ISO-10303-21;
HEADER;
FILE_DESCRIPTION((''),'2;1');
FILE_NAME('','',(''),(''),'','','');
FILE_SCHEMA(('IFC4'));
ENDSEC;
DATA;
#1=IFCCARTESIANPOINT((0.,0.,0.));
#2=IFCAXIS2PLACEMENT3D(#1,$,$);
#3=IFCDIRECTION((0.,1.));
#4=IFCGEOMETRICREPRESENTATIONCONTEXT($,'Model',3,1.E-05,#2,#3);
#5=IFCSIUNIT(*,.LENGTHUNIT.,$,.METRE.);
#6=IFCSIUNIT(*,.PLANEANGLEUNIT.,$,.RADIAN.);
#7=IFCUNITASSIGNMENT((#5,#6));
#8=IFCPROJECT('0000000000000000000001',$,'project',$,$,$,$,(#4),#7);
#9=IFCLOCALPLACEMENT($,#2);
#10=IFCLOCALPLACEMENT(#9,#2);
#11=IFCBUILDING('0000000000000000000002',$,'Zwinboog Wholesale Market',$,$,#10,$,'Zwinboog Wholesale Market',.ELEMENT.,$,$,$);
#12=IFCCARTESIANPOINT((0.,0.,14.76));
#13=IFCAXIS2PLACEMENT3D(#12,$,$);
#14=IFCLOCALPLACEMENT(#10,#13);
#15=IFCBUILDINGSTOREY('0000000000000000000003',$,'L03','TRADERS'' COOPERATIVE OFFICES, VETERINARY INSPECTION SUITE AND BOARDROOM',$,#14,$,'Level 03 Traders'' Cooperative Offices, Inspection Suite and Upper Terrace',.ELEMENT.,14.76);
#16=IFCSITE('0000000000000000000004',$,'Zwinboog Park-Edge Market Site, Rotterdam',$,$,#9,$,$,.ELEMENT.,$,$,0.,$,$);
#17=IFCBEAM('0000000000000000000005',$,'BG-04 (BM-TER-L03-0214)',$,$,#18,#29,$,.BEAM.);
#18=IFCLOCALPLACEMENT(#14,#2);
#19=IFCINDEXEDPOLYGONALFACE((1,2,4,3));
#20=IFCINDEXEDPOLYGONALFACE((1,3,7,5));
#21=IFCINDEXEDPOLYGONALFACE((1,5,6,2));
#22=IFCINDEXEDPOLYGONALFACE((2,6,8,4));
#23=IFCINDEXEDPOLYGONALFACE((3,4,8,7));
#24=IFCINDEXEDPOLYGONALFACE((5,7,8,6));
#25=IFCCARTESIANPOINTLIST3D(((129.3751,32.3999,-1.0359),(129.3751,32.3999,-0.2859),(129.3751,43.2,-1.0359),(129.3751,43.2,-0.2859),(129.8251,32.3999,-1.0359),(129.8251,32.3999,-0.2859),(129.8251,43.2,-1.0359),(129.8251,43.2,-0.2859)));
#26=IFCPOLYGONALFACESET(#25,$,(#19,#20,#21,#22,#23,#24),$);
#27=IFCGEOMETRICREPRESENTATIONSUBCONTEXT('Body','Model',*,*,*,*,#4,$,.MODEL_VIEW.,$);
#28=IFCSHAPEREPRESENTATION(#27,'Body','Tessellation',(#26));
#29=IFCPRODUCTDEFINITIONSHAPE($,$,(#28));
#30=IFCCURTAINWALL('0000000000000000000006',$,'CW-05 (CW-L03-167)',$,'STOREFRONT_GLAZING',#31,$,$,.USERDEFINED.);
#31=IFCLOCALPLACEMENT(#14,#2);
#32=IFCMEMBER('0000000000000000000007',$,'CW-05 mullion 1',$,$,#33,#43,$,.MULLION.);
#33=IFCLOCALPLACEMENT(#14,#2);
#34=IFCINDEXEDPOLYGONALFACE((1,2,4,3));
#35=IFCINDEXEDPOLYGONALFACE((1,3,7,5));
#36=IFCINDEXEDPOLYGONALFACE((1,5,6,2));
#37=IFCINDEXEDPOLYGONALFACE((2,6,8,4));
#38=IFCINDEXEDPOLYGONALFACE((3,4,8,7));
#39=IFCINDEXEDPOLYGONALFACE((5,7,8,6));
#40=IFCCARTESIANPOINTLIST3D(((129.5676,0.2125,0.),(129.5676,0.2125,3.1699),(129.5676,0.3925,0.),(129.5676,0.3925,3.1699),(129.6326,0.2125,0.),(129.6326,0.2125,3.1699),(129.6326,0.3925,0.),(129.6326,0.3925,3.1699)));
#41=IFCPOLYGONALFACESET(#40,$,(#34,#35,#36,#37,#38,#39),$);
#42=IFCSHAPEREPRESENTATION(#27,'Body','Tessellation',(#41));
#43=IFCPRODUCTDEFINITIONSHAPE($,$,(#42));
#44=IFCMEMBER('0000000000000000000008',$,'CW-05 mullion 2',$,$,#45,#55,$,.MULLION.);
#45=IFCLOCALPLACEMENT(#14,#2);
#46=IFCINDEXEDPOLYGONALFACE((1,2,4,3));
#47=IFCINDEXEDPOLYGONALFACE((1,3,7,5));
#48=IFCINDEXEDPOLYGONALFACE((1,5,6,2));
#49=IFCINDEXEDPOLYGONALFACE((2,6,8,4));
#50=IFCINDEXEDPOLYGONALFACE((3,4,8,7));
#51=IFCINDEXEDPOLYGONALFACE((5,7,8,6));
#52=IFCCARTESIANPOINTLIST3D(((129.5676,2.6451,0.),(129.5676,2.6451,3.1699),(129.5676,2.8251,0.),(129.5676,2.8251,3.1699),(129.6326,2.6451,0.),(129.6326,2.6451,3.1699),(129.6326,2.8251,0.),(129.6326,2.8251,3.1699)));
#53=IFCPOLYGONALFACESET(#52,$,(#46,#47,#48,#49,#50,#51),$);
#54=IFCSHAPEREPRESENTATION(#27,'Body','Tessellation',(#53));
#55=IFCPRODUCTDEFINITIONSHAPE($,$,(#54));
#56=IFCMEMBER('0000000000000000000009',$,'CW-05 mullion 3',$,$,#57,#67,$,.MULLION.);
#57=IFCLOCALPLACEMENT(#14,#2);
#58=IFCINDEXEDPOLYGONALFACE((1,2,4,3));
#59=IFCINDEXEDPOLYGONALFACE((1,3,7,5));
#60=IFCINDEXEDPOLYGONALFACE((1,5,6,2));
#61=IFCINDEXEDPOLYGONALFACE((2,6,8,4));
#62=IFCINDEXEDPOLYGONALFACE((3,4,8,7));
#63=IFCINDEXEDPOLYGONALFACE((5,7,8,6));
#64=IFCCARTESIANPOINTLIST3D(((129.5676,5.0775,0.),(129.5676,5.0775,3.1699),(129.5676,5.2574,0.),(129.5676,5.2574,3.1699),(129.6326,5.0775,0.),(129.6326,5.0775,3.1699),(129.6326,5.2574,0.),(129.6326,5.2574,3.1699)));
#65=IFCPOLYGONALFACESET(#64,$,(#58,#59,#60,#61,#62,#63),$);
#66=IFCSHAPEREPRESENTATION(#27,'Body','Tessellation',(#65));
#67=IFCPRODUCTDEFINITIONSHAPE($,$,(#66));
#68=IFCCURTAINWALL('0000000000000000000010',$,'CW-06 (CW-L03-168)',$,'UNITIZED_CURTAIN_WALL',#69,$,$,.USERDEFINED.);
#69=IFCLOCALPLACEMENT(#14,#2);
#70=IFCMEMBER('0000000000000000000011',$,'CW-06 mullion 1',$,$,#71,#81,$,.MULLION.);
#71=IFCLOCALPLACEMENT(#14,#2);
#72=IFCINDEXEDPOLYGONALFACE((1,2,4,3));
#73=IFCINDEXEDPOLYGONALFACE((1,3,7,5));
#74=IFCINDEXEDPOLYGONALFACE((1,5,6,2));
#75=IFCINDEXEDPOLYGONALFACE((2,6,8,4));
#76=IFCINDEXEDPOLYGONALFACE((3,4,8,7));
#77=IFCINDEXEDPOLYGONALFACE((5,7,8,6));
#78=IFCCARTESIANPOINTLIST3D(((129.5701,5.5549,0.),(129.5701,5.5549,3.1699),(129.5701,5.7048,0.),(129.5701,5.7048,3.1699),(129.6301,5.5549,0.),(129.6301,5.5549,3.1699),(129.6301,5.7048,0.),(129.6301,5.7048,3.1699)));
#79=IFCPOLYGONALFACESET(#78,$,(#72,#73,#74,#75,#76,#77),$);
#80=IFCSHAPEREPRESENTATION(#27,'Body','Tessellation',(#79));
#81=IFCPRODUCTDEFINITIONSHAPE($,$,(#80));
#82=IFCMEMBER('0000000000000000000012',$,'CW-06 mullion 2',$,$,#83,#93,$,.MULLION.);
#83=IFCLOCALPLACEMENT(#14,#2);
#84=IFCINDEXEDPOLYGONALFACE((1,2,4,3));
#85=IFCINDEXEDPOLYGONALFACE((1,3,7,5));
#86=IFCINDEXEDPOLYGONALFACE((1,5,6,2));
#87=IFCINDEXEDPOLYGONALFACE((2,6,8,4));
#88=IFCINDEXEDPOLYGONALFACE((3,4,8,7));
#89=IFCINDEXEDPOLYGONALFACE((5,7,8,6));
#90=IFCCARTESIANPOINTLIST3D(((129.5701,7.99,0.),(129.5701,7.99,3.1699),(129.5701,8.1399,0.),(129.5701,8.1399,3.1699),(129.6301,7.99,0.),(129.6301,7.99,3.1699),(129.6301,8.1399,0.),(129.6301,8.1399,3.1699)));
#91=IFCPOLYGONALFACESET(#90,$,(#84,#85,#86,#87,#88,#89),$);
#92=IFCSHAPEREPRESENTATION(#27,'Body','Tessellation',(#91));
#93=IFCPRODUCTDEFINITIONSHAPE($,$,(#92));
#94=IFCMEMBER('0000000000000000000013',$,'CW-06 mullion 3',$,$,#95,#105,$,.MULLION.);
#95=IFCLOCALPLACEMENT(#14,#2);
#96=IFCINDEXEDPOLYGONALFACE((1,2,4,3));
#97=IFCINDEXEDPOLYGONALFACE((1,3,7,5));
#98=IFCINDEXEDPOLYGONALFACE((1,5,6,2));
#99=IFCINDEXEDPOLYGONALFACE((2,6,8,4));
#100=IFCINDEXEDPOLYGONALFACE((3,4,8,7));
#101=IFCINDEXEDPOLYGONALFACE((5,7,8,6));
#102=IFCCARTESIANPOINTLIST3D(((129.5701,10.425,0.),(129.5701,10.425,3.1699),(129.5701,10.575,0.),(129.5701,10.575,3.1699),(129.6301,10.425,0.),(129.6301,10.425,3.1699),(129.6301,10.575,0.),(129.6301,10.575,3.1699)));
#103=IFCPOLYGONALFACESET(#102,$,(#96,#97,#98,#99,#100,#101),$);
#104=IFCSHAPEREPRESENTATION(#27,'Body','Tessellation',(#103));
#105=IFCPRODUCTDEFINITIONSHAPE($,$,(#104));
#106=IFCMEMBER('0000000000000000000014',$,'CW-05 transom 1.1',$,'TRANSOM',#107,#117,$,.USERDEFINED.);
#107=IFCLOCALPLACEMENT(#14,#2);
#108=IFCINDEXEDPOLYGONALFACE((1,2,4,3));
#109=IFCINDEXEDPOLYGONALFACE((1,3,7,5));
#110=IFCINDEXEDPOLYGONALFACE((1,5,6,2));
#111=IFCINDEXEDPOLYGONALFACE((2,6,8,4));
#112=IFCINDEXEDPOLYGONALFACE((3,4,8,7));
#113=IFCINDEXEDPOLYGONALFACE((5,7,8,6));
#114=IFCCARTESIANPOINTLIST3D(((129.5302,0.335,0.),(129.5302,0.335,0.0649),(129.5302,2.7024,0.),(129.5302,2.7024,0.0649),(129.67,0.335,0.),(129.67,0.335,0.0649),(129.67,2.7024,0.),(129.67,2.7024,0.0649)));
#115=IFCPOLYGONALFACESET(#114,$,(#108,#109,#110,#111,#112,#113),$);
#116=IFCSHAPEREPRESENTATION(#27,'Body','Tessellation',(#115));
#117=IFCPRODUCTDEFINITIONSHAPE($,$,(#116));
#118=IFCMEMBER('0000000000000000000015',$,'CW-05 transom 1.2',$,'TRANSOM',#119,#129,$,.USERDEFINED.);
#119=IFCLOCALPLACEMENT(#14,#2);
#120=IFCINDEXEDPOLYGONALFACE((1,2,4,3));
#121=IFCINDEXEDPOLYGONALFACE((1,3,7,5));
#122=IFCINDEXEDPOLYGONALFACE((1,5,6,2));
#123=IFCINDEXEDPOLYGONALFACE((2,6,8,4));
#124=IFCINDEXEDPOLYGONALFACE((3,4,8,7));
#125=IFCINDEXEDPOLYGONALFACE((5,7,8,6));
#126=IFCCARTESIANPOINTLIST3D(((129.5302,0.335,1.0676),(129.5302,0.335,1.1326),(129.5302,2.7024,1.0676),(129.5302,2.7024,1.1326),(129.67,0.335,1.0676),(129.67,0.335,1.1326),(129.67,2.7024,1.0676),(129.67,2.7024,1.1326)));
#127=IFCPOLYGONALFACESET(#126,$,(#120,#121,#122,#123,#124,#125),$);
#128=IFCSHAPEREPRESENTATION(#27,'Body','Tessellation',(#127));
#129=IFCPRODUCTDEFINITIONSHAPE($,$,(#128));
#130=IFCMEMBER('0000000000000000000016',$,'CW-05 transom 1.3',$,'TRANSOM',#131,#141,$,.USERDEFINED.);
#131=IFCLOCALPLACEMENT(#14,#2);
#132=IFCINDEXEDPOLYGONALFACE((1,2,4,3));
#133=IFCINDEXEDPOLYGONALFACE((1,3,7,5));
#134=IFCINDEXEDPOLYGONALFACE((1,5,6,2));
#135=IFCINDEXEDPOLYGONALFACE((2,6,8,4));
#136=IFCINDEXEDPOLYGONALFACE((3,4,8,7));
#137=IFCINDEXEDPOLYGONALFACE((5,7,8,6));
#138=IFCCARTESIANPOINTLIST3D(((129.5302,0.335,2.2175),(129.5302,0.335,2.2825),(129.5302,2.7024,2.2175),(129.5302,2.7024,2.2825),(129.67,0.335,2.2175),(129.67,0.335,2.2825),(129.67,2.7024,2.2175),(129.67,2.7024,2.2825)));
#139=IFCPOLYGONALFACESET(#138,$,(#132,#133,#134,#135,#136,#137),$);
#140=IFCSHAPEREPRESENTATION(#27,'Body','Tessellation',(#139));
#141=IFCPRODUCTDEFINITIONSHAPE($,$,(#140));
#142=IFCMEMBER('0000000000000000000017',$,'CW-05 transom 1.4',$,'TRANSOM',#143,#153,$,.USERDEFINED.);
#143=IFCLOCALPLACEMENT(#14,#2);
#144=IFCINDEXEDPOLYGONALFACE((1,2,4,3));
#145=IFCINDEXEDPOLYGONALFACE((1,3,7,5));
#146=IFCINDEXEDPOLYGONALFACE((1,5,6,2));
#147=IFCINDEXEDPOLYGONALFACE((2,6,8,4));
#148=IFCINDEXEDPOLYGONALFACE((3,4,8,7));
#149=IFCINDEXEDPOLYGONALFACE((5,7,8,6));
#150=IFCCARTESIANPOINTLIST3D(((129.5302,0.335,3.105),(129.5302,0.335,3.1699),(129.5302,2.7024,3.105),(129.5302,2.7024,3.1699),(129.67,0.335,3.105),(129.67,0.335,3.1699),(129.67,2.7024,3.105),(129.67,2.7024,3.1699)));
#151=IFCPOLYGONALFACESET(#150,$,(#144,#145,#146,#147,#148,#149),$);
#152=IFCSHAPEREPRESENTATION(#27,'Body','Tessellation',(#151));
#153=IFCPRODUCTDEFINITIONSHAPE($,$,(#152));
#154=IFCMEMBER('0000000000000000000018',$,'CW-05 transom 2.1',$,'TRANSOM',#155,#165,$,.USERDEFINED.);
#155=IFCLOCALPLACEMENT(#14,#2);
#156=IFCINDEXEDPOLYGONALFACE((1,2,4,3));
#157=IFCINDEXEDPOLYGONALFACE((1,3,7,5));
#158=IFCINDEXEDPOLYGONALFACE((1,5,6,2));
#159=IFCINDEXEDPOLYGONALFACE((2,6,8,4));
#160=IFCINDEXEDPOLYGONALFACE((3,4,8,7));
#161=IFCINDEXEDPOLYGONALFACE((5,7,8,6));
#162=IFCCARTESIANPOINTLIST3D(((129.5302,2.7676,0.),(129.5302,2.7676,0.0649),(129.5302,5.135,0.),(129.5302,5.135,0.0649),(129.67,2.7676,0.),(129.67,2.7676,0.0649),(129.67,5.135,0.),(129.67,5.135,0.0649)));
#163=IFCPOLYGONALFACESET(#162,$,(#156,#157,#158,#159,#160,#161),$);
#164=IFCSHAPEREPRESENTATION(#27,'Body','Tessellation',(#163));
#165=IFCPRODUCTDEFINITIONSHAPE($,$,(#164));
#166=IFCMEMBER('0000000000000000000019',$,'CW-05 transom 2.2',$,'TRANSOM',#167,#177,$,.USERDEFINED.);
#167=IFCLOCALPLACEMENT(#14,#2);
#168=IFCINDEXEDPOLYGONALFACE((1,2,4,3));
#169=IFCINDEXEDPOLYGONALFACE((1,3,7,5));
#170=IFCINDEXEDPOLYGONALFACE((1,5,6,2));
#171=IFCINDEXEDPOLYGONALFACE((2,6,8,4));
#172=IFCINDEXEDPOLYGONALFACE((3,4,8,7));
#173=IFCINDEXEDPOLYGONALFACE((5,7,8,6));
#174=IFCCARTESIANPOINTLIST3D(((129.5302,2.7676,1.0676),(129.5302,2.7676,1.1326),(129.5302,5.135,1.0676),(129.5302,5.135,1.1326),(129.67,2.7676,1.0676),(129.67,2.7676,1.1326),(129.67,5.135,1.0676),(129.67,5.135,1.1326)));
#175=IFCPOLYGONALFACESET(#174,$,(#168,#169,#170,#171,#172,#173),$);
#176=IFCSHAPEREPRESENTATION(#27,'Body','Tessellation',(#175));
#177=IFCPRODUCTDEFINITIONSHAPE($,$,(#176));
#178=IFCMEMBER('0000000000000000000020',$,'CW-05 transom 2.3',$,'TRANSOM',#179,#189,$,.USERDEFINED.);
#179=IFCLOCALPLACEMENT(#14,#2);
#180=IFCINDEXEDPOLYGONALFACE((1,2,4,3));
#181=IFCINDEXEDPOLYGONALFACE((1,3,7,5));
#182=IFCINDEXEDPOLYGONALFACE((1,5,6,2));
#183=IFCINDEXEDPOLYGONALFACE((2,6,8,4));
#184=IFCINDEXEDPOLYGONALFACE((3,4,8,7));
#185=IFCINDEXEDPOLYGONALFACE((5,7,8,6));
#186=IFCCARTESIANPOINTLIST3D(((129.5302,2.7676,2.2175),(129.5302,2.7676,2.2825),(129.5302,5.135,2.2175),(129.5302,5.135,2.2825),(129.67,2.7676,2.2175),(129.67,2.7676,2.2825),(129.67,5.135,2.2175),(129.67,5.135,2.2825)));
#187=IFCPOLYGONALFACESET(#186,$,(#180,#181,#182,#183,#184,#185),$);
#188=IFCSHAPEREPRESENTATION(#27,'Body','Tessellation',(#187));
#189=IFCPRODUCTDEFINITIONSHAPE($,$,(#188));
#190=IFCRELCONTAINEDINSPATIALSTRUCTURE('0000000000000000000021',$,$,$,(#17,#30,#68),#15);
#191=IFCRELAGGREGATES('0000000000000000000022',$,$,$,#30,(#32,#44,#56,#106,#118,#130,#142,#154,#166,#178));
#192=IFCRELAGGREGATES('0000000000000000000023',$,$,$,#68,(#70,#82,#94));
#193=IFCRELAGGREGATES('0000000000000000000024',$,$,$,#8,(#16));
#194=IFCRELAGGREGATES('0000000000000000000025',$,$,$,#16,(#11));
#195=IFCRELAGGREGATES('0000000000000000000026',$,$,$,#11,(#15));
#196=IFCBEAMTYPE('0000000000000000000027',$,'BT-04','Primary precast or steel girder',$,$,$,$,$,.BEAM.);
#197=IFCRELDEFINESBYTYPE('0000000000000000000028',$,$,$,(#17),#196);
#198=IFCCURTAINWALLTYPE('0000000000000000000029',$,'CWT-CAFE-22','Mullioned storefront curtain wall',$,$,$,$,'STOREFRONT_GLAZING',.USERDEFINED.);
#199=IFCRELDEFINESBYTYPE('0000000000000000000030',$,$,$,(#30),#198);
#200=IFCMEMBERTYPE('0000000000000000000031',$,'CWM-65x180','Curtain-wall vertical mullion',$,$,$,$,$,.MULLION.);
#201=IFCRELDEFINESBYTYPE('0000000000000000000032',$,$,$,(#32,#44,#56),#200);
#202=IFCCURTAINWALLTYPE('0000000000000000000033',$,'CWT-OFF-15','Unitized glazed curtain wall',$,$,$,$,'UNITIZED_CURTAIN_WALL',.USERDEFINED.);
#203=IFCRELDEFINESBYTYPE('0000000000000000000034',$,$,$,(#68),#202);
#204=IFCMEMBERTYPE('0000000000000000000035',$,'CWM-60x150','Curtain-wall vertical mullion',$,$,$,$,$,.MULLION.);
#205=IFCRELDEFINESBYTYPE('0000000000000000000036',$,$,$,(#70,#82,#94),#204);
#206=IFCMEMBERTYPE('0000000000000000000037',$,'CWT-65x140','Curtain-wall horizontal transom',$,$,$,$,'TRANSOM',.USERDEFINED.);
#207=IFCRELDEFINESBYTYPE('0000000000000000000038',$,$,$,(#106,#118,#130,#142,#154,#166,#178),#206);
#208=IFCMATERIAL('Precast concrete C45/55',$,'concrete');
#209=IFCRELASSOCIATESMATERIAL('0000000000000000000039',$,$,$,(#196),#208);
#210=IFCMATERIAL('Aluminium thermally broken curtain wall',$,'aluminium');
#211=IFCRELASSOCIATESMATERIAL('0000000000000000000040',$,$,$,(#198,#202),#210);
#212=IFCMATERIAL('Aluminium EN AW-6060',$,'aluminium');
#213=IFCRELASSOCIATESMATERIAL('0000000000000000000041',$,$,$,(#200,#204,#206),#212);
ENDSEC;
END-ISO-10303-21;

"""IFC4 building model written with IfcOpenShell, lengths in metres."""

from ifc_helpers import new_model, si_unit, direction, frame, origin, origin_2d, place, context, subcontext, project, spatial, rectangle, extrude, material, material_profile, profile_set, type_object, element, aggregate, save


model = new_model("IFC4")

# Units and contexts
model_context = context("Model", 3, precision=1e-05, world=origin(), true_north=direction((0.0, 1.0)))
body_context = subcontext(model_context, "Body", "Model", "MODEL_VIEW")
ifc_project = project(units=[si_unit("LENGTHUNIT", "METRE"), si_unit("PLANEANGLEUNIT", "RADIAN")], contexts=[model_context])

# Site, building, storey
site_placement = place(None, origin())
site = spatial("IfcSite", under=ifc_project, at=site_placement, Name="Zwinboog Park-Edge Market Site, Rotterdam", CompositionType="ELEMENT", RefElevation=0.0)
building_placement = place(site_placement, origin())
building = spatial("IfcBuilding", under=site, at=building_placement, Name="Zwinboog Wholesale Market", LongName="Zwinboog Wholesale Market", CompositionType="ELEMENT")
storey_placement = place(building_placement, frame((0.0, 0.0, 14.76)))
storey = spatial("IfcBuildingStorey", under=building, at=storey_placement, Name="L03", Description="TRADERS' COOPERATIVE OFFICES, VETERINARY INSPECTION SUITE AND BOARDROOM", LongName="Level 03 Traders' Cooperative Offices, Inspection Suite and Upper Terrace", CompositionType="ELEMENT", Elevation=14.76)

# Beam
ifc_material_1 = material(Name="Precast concrete C45/55", Category="concrete")
ifc_material_profile_1 = material_profile(ifc_material_1, rectangle(XDim=0.45, YDim=0.75, at=origin_2d()), Name="PC 450x750")
ifc_profile_set_1 = profile_set([ifc_material_profile_1], Name="Precast concrete C45/55")
beam_type = type_object("IfcBeamType", Name="BT-04", Description="Primary precast or steel girder", PredefinedType="BEAM", material=ifc_profile_set_1)
beam_placement = place(storey_placement, frame((129.6001, 32.3999, -0.6609), z_axis=(0.0, 1.0, 0.0), x_axis=(-1.0, 0.0, 0.0)))
element("IfcBeam", 1, at=beam_placement, inside=storey, type_object=beam_type, Name="BG-04 (BM-TER-L03-0214)", PredefinedType="BEAM", context=body_context, shape_type="SweptSolid", body=[
    extrude(rectangle(XDim=0.45, YDim=0.75, at=origin_2d()), origin(), (0.0, 0.0, 1.0), 10.8),
])

# Curtain walls, members
ifc_material_2 = material(Name="Aluminium thermally broken curtain wall", Category="aluminium")
curtain_wall_type_1 = type_object("IfcCurtainWallType", Name="CWT-CAFE-22", Description="Mullioned storefront curtain wall", ElementType="STOREFRONT_GLAZING", PredefinedType="USERDEFINED", material=ifc_material_2)
curtain_wall_1_placement = place(storey_placement, origin())
curtain_wall_1 = element("IfcCurtainWall", 2, at=curtain_wall_1_placement, inside=storey, type_object=curtain_wall_type_1, Name="CW-05 (CW-L03-167)", ObjectType="STOREFRONT_GLAZING", PredefinedType="USERDEFINED")
ifc_material_3 = material(Name="Aluminium EN AW-6060", Category="aluminium")
ifc_material_profile_2 = material_profile(ifc_material_3, rectangle(XDim=0.0649, YDim=0.1799, at=origin_2d()), Name="AL 65x180")
ifc_profile_set_2 = profile_set([ifc_material_profile_2], Name="Aluminium EN AW-6060")
member_type_1 = type_object("IfcMemberType", Name="CWM-65x180", Description="Curtain-wall vertical mullion", PredefinedType="MULLION", material=ifc_profile_set_2)
member_1_placement = place(storey_placement, frame((129.6001, 0.3025, 0.0), z_axis=(0.0, 0.0, 1.0), x_axis=(-1.0, 0.0, 0.0)))
member_1 = element("IfcMember", 3, at=member_1_placement, type_object=member_type_1, Name="CW-05 mullion 1", PredefinedType="MULLION", context=body_context, shape_type="SweptSolid", body=[
    extrude(rectangle(XDim=0.0649, YDim=0.1799, at=origin_2d()), origin(), (0.0, 0.0, 1.0), 3.1699),
])
member_2_placement = place(storey_placement, frame((129.6001, 2.7351, 0.0), z_axis=(0.0, 0.0, 1.0), x_axis=(-1.0, 0.0, 0.0)))
member_2 = element("IfcMember", 4, at=member_2_placement, type_object=member_type_1, Name="CW-05 mullion 2", PredefinedType="MULLION", context=body_context, shape_type="SweptSolid", body=[
    extrude(rectangle(XDim=0.0649, YDim=0.1799, at=origin_2d()), origin(), (0.0, 0.0, 1.0), 3.1699),
])
member_3_placement = place(storey_placement, frame((129.6001, 5.1675, 0.0), z_axis=(0.0, 0.0, 1.0), x_axis=(-1.0, 0.0, 0.0)))
member_3 = element("IfcMember", 5, at=member_3_placement, type_object=member_type_1, Name="CW-05 mullion 3", PredefinedType="MULLION", context=body_context, shape_type="SweptSolid", body=[
    extrude(rectangle(XDim=0.0649, YDim=0.1799, at=origin_2d()), origin(), (0.0, 0.0, 1.0), 3.1699),
])
curtain_wall_type_2 = type_object("IfcCurtainWallType", Name="CWT-OFF-15", Description="Unitized glazed curtain wall", ElementType="UNITIZED_CURTAIN_WALL", PredefinedType="USERDEFINED", material=ifc_material_2)
curtain_wall_2_placement = place(storey_placement, origin())
curtain_wall_2 = element("IfcCurtainWall", 6, at=curtain_wall_2_placement, inside=storey, type_object=curtain_wall_type_2, Name="CW-06 (CW-L03-168)", ObjectType="UNITIZED_CURTAIN_WALL", PredefinedType="USERDEFINED")
ifc_material_profile_3 = material_profile(ifc_material_3, rectangle(XDim=0.0601, YDim=0.1499, at=origin_2d()), Name="AL 60x150")
ifc_profile_set_3 = profile_set([ifc_material_profile_3], Name="Aluminium EN AW-6060")
member_type_2 = type_object("IfcMemberType", Name="CWM-60x150", Description="Curtain-wall vertical mullion", PredefinedType="MULLION", material=ifc_profile_set_3)
member_4_placement = place(storey_placement, frame((129.6001, 5.6299, 0.0), z_axis=(0.0, 0.0, 1.0), x_axis=(-1.0, 0.0, 0.0)))
member_4 = element("IfcMember", 7, at=member_4_placement, type_object=member_type_2, Name="CW-06 mullion 1", PredefinedType="MULLION", context=body_context, shape_type="SweptSolid", body=[
    extrude(rectangle(XDim=0.0601, YDim=0.1499, at=origin_2d()), origin(), (0.0, 0.0, 1.0), 3.1699),
])
member_5_placement = place(storey_placement, frame((129.6001, 8.0649, 0.0), z_axis=(0.0, 0.0, 1.0), x_axis=(-1.0, 0.0, 0.0)))
member_5 = element("IfcMember", 8, at=member_5_placement, type_object=member_type_2, Name="CW-06 mullion 2", PredefinedType="MULLION", context=body_context, shape_type="SweptSolid", body=[
    extrude(rectangle(XDim=0.0601, YDim=0.1499, at=origin_2d()), origin(), (0.0, 0.0, 1.0), 3.1699),
])
member_6_placement = place(storey_placement, frame((129.6001, 10.5, 0.0), z_axis=(0.0, 0.0, 1.0), x_axis=(-1.0, 0.0, 0.0)))
member_6 = element("IfcMember", 9, at=member_6_placement, type_object=member_type_2, Name="CW-06 mullion 3", PredefinedType="MULLION", context=body_context, shape_type="SweptSolid", body=[
    extrude(rectangle(XDim=0.0601, YDim=0.1499, at=origin_2d()), origin(), (0.0, 0.0, 1.0), 3.1699),
])

# Members
ifc_material_profile_4 = material_profile(ifc_material_3, rectangle(XDim=0.1399, YDim=0.0649, at=origin_2d()), Name="AL 65x140")
ifc_profile_set_4 = profile_set([ifc_material_profile_4], Name="Aluminium EN AW-6060")
member_type_3 = type_object("IfcMemberType", Name="CWT-65x140", Description="Curtain-wall horizontal transom", ElementType="TRANSOM", PredefinedType="USERDEFINED", material=ifc_profile_set_4)
member_7_placement = place(storey_placement, frame((129.6001, 0.335, 0.0325), z_axis=(0.0, 1.0, 0.0), x_axis=(-1.0, 0.0, 0.0)))
member_7 = element("IfcMember", 10, at=member_7_placement, type_object=member_type_3, Name="CW-05 transom 1.1", ObjectType="TRANSOM", PredefinedType="USERDEFINED", context=body_context, shape_type="SweptSolid", body=[
    extrude(rectangle(XDim=0.1399, YDim=0.0649, at=origin_2d()), origin(), (0.0, 0.0, 1.0), 2.3674),
])
member_8_placement = place(storey_placement, frame((129.6001, 0.335, 1.1001), z_axis=(0.0, 1.0, 0.0), x_axis=(-1.0, 0.0, 0.0)))
member_8 = element("IfcMember", 11, at=member_8_placement, type_object=member_type_3, Name="CW-05 transom 1.2", ObjectType="TRANSOM", PredefinedType="USERDEFINED", context=body_context, shape_type="SweptSolid", body=[
    extrude(rectangle(XDim=0.1399, YDim=0.0649, at=origin_2d()), origin(), (0.0, 0.0, 1.0), 2.3674),
])
member_9_placement = place(storey_placement, frame((129.6001, 0.335, 2.25), z_axis=(0.0, 1.0, 0.0), x_axis=(-1.0, 0.0, 0.0)))
member_9 = element("IfcMember", 12, at=member_9_placement, type_object=member_type_3, Name="CW-05 transom 1.3", ObjectType="TRANSOM", PredefinedType="USERDEFINED", context=body_context, shape_type="SweptSolid", body=[
    extrude(rectangle(XDim=0.1399, YDim=0.0649, at=origin_2d()), origin(), (0.0, 0.0, 1.0), 2.3674),
])
member_10_placement = place(storey_placement, frame((129.6001, 0.335, 3.1375), z_axis=(0.0, 1.0, 0.0), x_axis=(-1.0, 0.0, 0.0)))
member_10 = element("IfcMember", 13, at=member_10_placement, type_object=member_type_3, Name="CW-05 transom 1.4", ObjectType="TRANSOM", PredefinedType="USERDEFINED", context=body_context, shape_type="SweptSolid", body=[
    extrude(rectangle(XDim=0.1399, YDim=0.0649, at=origin_2d()), origin(), (0.0, 0.0, 1.0), 2.3674),
])
member_11_placement = place(storey_placement, frame((129.6001, 2.7676, 0.0325), z_axis=(0.0, 1.0, 0.0), x_axis=(-1.0, 0.0, 0.0)))
member_11 = element("IfcMember", 14, at=member_11_placement, type_object=member_type_3, Name="CW-05 transom 2.1", ObjectType="TRANSOM", PredefinedType="USERDEFINED", context=body_context, shape_type="SweptSolid", body=[
    extrude(rectangle(XDim=0.1399, YDim=0.0649, at=origin_2d()), origin(), (0.0, 0.0, 1.0), 2.3674),
])
member_12_placement = place(storey_placement, frame((129.6001, 2.7676, 1.1001), z_axis=(0.0, 1.0, 0.0), x_axis=(-1.0, 0.0, 0.0)))
member_12 = element("IfcMember", 15, at=member_12_placement, type_object=member_type_3, Name="CW-05 transom 2.2", ObjectType="TRANSOM", PredefinedType="USERDEFINED", context=body_context, shape_type="SweptSolid", body=[
    extrude(rectangle(XDim=0.1399, YDim=0.0649, at=origin_2d()), origin(), (0.0, 0.0, 1.0), 2.3674),
])
member_13_placement = place(storey_placement, frame((129.6001, 2.7676, 2.25), z_axis=(0.0, 1.0, 0.0), x_axis=(-1.0, 0.0, 0.0)))
member_13 = element("IfcMember", 16, at=member_13_placement, type_object=member_type_3, Name="CW-05 transom 2.3", ObjectType="TRANSOM", PredefinedType="USERDEFINED", context=body_context, shape_type="SweptSolid", body=[
    extrude(rectangle(XDim=0.1399, YDim=0.0649, at=origin_2d()), origin(), (0.0, 0.0, 1.0), 2.3674),
])

aggregate(curtain_wall_1, [member_1, member_2, member_3, member_7, member_8, member_9, member_10, member_11, member_12, member_13])
aggregate(curtain_wall_2, [member_4, member_5, member_6])

save(model, "model.ifc")
